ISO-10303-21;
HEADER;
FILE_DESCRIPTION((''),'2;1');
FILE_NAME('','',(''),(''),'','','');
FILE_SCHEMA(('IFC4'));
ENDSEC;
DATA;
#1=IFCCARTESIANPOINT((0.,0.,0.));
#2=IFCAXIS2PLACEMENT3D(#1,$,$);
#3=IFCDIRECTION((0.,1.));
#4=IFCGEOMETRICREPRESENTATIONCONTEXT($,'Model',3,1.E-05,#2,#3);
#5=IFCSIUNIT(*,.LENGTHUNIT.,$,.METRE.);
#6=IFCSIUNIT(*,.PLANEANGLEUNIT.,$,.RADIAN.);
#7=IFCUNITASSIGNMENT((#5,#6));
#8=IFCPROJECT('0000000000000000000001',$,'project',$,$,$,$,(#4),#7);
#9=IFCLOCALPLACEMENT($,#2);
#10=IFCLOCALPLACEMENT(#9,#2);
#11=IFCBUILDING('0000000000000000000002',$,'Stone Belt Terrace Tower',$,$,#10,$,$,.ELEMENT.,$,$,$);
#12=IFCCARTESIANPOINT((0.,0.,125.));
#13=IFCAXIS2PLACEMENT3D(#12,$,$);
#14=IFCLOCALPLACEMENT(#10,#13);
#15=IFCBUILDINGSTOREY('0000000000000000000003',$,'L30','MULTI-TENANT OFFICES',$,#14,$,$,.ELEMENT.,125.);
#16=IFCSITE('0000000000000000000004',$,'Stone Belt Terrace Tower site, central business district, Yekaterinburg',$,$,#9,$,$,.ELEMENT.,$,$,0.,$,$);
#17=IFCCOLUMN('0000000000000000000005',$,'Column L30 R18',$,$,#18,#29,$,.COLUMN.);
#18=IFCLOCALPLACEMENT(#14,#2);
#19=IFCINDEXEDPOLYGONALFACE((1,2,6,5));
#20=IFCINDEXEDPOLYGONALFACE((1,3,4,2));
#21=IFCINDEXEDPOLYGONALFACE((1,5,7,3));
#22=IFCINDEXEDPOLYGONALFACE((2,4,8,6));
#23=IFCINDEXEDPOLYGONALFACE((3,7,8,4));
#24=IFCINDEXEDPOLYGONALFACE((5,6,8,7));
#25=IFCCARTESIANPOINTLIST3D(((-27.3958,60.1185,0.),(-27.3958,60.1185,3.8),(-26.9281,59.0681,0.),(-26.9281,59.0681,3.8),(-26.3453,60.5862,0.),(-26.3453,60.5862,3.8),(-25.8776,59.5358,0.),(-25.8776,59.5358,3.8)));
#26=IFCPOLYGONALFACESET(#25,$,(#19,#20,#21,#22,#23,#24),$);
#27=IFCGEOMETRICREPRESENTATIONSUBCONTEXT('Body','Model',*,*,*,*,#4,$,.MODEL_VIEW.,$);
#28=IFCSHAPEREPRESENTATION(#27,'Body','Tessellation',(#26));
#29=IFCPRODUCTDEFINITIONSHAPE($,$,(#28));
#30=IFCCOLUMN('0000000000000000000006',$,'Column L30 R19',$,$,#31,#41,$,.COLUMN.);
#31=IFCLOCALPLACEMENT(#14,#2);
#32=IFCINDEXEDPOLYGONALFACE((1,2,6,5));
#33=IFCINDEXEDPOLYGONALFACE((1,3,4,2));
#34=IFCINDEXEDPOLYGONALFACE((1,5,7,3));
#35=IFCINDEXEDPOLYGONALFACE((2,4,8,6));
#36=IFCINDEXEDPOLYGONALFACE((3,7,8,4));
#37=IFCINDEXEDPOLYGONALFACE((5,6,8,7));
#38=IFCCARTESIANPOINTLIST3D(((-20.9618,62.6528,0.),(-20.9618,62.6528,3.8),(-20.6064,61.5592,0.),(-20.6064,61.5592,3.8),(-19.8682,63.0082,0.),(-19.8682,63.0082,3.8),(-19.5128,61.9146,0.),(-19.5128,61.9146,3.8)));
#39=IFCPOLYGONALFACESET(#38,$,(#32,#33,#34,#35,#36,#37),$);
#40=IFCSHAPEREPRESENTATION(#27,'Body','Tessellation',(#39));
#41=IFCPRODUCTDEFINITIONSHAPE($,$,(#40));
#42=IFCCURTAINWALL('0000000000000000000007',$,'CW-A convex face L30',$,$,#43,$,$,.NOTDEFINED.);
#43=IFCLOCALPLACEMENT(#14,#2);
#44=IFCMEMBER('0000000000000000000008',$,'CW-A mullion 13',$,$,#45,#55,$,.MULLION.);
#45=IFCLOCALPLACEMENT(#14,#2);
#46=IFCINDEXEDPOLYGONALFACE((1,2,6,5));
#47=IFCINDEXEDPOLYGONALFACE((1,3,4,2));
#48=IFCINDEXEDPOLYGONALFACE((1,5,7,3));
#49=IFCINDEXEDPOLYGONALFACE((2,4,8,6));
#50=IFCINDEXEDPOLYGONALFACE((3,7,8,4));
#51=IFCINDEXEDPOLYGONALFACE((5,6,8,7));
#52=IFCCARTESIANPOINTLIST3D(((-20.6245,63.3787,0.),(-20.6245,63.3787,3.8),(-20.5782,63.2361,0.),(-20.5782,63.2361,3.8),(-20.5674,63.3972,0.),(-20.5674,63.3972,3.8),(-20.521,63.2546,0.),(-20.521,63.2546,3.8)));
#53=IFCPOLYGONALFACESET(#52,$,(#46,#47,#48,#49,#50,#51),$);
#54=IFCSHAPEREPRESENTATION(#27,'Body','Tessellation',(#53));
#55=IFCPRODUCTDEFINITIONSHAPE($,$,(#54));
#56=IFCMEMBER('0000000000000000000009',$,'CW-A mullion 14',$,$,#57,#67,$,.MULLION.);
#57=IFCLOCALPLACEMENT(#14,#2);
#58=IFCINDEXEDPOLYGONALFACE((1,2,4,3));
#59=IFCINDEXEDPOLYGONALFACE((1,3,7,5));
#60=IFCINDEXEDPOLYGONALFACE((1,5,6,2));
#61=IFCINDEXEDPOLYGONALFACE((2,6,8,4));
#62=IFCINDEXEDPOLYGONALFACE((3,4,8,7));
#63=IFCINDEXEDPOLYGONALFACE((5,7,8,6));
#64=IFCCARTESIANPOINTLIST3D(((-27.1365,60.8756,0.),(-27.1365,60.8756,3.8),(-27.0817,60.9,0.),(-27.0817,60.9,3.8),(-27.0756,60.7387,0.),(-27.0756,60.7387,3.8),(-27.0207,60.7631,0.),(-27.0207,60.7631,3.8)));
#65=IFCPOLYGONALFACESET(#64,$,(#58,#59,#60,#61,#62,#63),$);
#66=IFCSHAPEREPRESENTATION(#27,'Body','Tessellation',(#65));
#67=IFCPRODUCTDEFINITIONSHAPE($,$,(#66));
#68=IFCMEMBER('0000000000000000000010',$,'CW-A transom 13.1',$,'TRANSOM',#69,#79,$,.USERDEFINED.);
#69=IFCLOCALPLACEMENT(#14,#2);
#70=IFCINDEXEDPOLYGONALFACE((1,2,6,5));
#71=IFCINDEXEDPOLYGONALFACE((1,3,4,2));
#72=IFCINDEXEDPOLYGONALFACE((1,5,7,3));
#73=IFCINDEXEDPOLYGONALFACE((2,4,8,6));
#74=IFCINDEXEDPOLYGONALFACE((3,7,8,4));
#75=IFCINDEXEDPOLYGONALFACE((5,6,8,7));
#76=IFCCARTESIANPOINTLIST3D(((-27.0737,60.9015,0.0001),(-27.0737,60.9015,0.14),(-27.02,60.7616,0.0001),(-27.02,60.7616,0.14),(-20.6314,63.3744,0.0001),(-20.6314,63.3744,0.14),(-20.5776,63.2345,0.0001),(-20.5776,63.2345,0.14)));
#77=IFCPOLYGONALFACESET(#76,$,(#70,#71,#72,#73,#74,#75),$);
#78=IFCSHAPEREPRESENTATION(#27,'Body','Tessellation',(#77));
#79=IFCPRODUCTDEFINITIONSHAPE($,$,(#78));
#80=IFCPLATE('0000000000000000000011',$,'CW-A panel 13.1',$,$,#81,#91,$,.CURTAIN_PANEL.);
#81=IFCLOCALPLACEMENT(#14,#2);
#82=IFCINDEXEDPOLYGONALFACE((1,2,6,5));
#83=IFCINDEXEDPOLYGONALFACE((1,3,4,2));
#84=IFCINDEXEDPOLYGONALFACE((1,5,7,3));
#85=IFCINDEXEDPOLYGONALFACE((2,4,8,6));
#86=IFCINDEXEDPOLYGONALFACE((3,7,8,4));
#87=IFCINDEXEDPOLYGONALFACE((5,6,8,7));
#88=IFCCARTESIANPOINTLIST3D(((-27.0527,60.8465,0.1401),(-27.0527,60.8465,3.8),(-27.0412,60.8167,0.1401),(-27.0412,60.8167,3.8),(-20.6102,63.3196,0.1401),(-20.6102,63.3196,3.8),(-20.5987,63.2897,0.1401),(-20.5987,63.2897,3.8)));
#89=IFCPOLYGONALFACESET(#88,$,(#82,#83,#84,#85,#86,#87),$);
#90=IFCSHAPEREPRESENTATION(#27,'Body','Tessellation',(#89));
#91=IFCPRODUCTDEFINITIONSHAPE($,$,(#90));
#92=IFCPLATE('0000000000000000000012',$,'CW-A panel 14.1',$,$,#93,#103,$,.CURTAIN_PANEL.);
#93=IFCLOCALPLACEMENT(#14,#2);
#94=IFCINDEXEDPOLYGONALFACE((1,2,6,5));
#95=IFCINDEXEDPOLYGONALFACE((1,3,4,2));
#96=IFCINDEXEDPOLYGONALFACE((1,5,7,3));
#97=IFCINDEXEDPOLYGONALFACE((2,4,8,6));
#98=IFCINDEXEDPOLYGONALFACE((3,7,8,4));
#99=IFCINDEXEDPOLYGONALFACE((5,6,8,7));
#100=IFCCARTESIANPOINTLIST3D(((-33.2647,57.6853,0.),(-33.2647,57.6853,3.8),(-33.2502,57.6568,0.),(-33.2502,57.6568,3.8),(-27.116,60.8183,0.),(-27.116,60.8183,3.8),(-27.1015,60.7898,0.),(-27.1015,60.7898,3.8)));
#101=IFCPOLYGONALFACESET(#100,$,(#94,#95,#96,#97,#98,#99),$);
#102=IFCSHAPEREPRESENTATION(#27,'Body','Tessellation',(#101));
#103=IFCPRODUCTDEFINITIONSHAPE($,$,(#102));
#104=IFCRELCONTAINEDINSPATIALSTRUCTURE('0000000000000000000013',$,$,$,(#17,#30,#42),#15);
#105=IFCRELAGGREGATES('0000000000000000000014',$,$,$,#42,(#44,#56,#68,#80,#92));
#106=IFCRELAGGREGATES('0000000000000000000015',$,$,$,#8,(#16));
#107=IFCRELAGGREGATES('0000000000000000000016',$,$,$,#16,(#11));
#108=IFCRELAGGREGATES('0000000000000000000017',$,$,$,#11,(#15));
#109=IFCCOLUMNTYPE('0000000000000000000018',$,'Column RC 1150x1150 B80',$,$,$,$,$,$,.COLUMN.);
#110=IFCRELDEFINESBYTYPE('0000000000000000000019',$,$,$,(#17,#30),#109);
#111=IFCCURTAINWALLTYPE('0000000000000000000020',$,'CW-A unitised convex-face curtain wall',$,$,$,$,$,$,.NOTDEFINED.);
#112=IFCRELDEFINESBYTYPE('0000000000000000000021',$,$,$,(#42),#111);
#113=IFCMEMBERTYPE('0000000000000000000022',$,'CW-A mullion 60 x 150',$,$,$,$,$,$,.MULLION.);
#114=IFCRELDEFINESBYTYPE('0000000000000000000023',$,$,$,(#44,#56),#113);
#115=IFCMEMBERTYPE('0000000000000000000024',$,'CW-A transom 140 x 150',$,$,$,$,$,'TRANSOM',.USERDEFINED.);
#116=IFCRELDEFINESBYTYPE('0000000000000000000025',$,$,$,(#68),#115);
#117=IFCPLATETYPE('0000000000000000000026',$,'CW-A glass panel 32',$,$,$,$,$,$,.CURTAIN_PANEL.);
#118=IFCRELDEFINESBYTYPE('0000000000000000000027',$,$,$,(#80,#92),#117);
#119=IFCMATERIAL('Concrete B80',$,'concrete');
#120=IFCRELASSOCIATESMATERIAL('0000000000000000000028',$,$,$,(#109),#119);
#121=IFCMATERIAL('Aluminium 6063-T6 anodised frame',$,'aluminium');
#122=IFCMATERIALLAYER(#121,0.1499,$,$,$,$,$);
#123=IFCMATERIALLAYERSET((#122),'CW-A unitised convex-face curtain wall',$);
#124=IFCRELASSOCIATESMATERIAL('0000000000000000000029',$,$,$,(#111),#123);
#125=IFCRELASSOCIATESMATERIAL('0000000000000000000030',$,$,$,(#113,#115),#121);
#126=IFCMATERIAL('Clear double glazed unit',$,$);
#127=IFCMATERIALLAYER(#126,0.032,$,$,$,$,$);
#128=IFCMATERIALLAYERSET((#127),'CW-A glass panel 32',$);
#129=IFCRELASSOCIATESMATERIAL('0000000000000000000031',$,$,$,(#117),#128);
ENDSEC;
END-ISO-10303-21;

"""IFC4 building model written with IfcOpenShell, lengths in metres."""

from ifc_helpers import new_model, si_unit, direction, frame, origin, origin_2d, place, context, subcontext, project, spatial, rectangle, extrude, material, layer, layer_set, material_profile, profile_set, type_object, element, aggregate, save


model = new_model("IFC4")

# Units and contexts
model_context = context("Model", 3, precision=1e-05, world=origin(), true_north=direction((0.0, 1.0)))
body_context = subcontext(model_context, "Body", "Model", "MODEL_VIEW")
ifc_project = project(units=[si_unit("LENGTHUNIT", "METRE"), si_unit("PLANEANGLEUNIT", "RADIAN")], contexts=[model_context])

# Site, building, storey
site_placement = place(None, origin())
site = spatial("IfcSite", under=ifc_project, at=site_placement, Name="Stone Belt Terrace Tower site, central business district, Yekaterinburg", CompositionType="ELEMENT", RefElevation=0.0)
building_placement = place(site_placement, origin())
building = spatial("IfcBuilding", under=site, at=building_placement, Name="Stone Belt Terrace Tower", CompositionType="ELEMENT")
storey_placement = place(building_placement, frame((0.0, 0.0, 125.0)))
storey = spatial("IfcBuildingStorey", under=building, at=storey_placement, Name="L30", Description="MULTI-TENANT OFFICES", CompositionType="ELEMENT", Elevation=125.0)

# Columns
ifc_material_1 = material(Name="Concrete B80", Category="concrete")
ifc_material_profile_1 = material_profile(ifc_material_1, rectangle(XDim=1.1499, YDim=1.1499, at=origin_2d()), Name="RC 1150x1150")
ifc_profile_set_1 = profile_set([ifc_material_profile_1], Name="Concrete B80")
column_type = type_object("IfcColumnType", Name="Column RC 1150x1150 B80", PredefinedType="COLUMN", material=ifc_profile_set_1)
for number, where, z_axis, x_axis, name in (
    (1, (-26.6367, 59.8271, 0.0), (0.0, 0.0, 1.0), (0.913545, 0.406737, 0.0), "Column L30 R18"),
    (2, (-20.2373, 62.2837, 0.0), (0.0, 0.0, 1.0), (0.951057, 0.309017, 0.0), "Column L30 R19"),
):
    element("IfcColumn", number, at=place(storey_placement, frame(where, z_axis=z_axis, x_axis=x_axis)), inside=storey, type_object=column_type, Name=name, PredefinedType="COLUMN", context=body_context, shape_type="SweptSolid", body=[
        extrude(rectangle(XDim=1.1499, YDim=1.1499, at=origin_2d()), origin(), (0.0, 0.0, 1.0), 3.8),
    ])

# Curtain wall, members, plates
ifc_material_2 = material(Name="Aluminium 6063-T6 anodised frame", Category="aluminium")
ifc_layer_1 = layer(ifc_material_2, 0.1499)
ifc_layer_set_1 = layer_set([ifc_layer_1], Name="CW-A unitised convex-face curtain wall")
curtain_wall_type = type_object("IfcCurtainWallType", Name="CW-A unitised convex-face curtain wall", PredefinedType="NOTDEFINED", material=ifc_layer_set_1)
curtain_wall_placement = place(storey_placement, origin())
curtain_wall = element("IfcCurtainWall", 3, at=curtain_wall_placement, inside=storey, type_object=curtain_wall_type, Name="CW-A convex face L30", PredefinedType="NOTDEFINED")
ifc_material_profile_2 = material_profile(ifc_material_2, rectangle(XDim=0.1499, YDim=0.0601, at=origin_2d()), Name="Aluminium 6063-T6 60x150")
ifc_profile_set_2 = profile_set([ifc_material_profile_2], Name="Aluminium 6063-T6 anodised frame")
member_type_1 = type_object("IfcMemberType", Name="CW-A mullion 60 x 150", PredefinedType="MULLION", material=ifc_profile_set_2)
member_1_placement = place(storey_placement, frame((-20.5728, 63.3167, 0.0), z_axis=(0.0, 0.0, 1.0), x_axis=(0.309017, -0.951057, 0.0)))
member_1 = element("IfcMember", 4, at=member_1_placement, type_object=member_type_1, Name="CW-A mullion 13", PredefinedType="MULLION", context=body_context, shape_type="SweptSolid", body=[
    extrude(rectangle(XDim=0.1499, YDim=0.0601, at=origin_2d()), origin(), (0.0, 0.0, 1.0), 3.8),
])
member_2_placement = place(storey_placement, frame((-27.0786, 60.8193, 0.0), z_axis=(0.0, 0.0, 1.0), x_axis=(0.406737, -0.913545, 0.0)))
member_2 = element("IfcMember", 5, at=member_2_placement, type_object=member_type_1, Name="CW-A mullion 14", PredefinedType="MULLION", context=body_context, shape_type="SweptSolid", body=[
    extrude(rectangle(XDim=0.1499, YDim=0.0601, at=origin_2d()), origin(), (0.0, 0.0, 1.0), 3.8),
])
ifc_material_profile_3 = material_profile(ifc_material_2, rectangle(XDim=0.1499, YDim=0.1399, at=origin_2d()), Name="Aluminium 6063-T6 150x140")
ifc_profile_set_3 = profile_set([ifc_material_profile_3], Name="Aluminium 6063-T6 anodised frame")
member_type_2 = type_object("IfcMemberType", Name="CW-A transom 140 x 150", ElementType="TRANSOM", PredefinedType="USERDEFINED", material=ifc_profile_set_3)
member_3_placement = place(storey_placement, frame((-20.6045, 63.3044, 0.0701), z_axis=(-0.933585, -0.358355, 0.0), x_axis=(0.358355, -0.933585, 0.0)))
member_3 = element("IfcMember", 6, at=member_3_placement, type_object=member_type_2, Name="CW-A transom 13.1", ObjectType="TRANSOM", PredefinedType="USERDEFINED", context=body_context, shape_type="SweptSolid", body=[
    extrude(rectangle(XDim=0.1499, YDim=0.1399, at=origin_2d()), origin(), (0.0, 0.0, 1.0), 6.9006),
])
ifc_material_3 = material(Name="Clear double glazed unit")
ifc_layer_2 = layer(ifc_material_3, 0.032)
ifc_layer_set_2 = layer_set([ifc_layer_2], Name="CW-A glass panel 32")
plate_type = type_object("IfcPlateType", Name="CW-A glass panel 32", PredefinedType="CURTAIN_PANEL", material=ifc_layer_set_2)
plate_1_placement = place(storey_placement, frame((-23.8257, 62.0681, 0.1401), z_axis=(0.0, 0.0, 1.0), x_axis=(-0.93358, -0.358368, 0.0)))
plate_1 = element("IfcPlate", 7, at=plate_1_placement, type_object=plate_type, Name="CW-A panel 13.1", PredefinedType="CURTAIN_PANEL", context=body_context, shape_type="SweptSolid", body=[
    extrude(rectangle(XDim=6.9009, YDim=0.032, at=origin_2d()), origin(), (0.0, 0.0, 1.0), 3.6599),
])
plate_2_placement = place(storey_placement, frame((-30.1831, 59.2375, 0.0), z_axis=(0.0, 0.0, 1.0), x_axis=(-0.891007, -0.45399, 0.0)))
plate_2 = element("IfcPlate", 8, at=plate_2_placement, type_object=plate_type, Name="CW-A panel 14.1", PredefinedType="CURTAIN_PANEL", context=body_context, shape_type="SweptSolid", body=[
    extrude(rectangle(XDim=6.9009, YDim=0.032, at=origin_2d()), origin(), (0.0, 0.0, 1.0), 3.8),
])
aggregate(curtain_wall, [member_1, member_2, member_3, plate_1, plate_2])

save(model, "model.ifc")
